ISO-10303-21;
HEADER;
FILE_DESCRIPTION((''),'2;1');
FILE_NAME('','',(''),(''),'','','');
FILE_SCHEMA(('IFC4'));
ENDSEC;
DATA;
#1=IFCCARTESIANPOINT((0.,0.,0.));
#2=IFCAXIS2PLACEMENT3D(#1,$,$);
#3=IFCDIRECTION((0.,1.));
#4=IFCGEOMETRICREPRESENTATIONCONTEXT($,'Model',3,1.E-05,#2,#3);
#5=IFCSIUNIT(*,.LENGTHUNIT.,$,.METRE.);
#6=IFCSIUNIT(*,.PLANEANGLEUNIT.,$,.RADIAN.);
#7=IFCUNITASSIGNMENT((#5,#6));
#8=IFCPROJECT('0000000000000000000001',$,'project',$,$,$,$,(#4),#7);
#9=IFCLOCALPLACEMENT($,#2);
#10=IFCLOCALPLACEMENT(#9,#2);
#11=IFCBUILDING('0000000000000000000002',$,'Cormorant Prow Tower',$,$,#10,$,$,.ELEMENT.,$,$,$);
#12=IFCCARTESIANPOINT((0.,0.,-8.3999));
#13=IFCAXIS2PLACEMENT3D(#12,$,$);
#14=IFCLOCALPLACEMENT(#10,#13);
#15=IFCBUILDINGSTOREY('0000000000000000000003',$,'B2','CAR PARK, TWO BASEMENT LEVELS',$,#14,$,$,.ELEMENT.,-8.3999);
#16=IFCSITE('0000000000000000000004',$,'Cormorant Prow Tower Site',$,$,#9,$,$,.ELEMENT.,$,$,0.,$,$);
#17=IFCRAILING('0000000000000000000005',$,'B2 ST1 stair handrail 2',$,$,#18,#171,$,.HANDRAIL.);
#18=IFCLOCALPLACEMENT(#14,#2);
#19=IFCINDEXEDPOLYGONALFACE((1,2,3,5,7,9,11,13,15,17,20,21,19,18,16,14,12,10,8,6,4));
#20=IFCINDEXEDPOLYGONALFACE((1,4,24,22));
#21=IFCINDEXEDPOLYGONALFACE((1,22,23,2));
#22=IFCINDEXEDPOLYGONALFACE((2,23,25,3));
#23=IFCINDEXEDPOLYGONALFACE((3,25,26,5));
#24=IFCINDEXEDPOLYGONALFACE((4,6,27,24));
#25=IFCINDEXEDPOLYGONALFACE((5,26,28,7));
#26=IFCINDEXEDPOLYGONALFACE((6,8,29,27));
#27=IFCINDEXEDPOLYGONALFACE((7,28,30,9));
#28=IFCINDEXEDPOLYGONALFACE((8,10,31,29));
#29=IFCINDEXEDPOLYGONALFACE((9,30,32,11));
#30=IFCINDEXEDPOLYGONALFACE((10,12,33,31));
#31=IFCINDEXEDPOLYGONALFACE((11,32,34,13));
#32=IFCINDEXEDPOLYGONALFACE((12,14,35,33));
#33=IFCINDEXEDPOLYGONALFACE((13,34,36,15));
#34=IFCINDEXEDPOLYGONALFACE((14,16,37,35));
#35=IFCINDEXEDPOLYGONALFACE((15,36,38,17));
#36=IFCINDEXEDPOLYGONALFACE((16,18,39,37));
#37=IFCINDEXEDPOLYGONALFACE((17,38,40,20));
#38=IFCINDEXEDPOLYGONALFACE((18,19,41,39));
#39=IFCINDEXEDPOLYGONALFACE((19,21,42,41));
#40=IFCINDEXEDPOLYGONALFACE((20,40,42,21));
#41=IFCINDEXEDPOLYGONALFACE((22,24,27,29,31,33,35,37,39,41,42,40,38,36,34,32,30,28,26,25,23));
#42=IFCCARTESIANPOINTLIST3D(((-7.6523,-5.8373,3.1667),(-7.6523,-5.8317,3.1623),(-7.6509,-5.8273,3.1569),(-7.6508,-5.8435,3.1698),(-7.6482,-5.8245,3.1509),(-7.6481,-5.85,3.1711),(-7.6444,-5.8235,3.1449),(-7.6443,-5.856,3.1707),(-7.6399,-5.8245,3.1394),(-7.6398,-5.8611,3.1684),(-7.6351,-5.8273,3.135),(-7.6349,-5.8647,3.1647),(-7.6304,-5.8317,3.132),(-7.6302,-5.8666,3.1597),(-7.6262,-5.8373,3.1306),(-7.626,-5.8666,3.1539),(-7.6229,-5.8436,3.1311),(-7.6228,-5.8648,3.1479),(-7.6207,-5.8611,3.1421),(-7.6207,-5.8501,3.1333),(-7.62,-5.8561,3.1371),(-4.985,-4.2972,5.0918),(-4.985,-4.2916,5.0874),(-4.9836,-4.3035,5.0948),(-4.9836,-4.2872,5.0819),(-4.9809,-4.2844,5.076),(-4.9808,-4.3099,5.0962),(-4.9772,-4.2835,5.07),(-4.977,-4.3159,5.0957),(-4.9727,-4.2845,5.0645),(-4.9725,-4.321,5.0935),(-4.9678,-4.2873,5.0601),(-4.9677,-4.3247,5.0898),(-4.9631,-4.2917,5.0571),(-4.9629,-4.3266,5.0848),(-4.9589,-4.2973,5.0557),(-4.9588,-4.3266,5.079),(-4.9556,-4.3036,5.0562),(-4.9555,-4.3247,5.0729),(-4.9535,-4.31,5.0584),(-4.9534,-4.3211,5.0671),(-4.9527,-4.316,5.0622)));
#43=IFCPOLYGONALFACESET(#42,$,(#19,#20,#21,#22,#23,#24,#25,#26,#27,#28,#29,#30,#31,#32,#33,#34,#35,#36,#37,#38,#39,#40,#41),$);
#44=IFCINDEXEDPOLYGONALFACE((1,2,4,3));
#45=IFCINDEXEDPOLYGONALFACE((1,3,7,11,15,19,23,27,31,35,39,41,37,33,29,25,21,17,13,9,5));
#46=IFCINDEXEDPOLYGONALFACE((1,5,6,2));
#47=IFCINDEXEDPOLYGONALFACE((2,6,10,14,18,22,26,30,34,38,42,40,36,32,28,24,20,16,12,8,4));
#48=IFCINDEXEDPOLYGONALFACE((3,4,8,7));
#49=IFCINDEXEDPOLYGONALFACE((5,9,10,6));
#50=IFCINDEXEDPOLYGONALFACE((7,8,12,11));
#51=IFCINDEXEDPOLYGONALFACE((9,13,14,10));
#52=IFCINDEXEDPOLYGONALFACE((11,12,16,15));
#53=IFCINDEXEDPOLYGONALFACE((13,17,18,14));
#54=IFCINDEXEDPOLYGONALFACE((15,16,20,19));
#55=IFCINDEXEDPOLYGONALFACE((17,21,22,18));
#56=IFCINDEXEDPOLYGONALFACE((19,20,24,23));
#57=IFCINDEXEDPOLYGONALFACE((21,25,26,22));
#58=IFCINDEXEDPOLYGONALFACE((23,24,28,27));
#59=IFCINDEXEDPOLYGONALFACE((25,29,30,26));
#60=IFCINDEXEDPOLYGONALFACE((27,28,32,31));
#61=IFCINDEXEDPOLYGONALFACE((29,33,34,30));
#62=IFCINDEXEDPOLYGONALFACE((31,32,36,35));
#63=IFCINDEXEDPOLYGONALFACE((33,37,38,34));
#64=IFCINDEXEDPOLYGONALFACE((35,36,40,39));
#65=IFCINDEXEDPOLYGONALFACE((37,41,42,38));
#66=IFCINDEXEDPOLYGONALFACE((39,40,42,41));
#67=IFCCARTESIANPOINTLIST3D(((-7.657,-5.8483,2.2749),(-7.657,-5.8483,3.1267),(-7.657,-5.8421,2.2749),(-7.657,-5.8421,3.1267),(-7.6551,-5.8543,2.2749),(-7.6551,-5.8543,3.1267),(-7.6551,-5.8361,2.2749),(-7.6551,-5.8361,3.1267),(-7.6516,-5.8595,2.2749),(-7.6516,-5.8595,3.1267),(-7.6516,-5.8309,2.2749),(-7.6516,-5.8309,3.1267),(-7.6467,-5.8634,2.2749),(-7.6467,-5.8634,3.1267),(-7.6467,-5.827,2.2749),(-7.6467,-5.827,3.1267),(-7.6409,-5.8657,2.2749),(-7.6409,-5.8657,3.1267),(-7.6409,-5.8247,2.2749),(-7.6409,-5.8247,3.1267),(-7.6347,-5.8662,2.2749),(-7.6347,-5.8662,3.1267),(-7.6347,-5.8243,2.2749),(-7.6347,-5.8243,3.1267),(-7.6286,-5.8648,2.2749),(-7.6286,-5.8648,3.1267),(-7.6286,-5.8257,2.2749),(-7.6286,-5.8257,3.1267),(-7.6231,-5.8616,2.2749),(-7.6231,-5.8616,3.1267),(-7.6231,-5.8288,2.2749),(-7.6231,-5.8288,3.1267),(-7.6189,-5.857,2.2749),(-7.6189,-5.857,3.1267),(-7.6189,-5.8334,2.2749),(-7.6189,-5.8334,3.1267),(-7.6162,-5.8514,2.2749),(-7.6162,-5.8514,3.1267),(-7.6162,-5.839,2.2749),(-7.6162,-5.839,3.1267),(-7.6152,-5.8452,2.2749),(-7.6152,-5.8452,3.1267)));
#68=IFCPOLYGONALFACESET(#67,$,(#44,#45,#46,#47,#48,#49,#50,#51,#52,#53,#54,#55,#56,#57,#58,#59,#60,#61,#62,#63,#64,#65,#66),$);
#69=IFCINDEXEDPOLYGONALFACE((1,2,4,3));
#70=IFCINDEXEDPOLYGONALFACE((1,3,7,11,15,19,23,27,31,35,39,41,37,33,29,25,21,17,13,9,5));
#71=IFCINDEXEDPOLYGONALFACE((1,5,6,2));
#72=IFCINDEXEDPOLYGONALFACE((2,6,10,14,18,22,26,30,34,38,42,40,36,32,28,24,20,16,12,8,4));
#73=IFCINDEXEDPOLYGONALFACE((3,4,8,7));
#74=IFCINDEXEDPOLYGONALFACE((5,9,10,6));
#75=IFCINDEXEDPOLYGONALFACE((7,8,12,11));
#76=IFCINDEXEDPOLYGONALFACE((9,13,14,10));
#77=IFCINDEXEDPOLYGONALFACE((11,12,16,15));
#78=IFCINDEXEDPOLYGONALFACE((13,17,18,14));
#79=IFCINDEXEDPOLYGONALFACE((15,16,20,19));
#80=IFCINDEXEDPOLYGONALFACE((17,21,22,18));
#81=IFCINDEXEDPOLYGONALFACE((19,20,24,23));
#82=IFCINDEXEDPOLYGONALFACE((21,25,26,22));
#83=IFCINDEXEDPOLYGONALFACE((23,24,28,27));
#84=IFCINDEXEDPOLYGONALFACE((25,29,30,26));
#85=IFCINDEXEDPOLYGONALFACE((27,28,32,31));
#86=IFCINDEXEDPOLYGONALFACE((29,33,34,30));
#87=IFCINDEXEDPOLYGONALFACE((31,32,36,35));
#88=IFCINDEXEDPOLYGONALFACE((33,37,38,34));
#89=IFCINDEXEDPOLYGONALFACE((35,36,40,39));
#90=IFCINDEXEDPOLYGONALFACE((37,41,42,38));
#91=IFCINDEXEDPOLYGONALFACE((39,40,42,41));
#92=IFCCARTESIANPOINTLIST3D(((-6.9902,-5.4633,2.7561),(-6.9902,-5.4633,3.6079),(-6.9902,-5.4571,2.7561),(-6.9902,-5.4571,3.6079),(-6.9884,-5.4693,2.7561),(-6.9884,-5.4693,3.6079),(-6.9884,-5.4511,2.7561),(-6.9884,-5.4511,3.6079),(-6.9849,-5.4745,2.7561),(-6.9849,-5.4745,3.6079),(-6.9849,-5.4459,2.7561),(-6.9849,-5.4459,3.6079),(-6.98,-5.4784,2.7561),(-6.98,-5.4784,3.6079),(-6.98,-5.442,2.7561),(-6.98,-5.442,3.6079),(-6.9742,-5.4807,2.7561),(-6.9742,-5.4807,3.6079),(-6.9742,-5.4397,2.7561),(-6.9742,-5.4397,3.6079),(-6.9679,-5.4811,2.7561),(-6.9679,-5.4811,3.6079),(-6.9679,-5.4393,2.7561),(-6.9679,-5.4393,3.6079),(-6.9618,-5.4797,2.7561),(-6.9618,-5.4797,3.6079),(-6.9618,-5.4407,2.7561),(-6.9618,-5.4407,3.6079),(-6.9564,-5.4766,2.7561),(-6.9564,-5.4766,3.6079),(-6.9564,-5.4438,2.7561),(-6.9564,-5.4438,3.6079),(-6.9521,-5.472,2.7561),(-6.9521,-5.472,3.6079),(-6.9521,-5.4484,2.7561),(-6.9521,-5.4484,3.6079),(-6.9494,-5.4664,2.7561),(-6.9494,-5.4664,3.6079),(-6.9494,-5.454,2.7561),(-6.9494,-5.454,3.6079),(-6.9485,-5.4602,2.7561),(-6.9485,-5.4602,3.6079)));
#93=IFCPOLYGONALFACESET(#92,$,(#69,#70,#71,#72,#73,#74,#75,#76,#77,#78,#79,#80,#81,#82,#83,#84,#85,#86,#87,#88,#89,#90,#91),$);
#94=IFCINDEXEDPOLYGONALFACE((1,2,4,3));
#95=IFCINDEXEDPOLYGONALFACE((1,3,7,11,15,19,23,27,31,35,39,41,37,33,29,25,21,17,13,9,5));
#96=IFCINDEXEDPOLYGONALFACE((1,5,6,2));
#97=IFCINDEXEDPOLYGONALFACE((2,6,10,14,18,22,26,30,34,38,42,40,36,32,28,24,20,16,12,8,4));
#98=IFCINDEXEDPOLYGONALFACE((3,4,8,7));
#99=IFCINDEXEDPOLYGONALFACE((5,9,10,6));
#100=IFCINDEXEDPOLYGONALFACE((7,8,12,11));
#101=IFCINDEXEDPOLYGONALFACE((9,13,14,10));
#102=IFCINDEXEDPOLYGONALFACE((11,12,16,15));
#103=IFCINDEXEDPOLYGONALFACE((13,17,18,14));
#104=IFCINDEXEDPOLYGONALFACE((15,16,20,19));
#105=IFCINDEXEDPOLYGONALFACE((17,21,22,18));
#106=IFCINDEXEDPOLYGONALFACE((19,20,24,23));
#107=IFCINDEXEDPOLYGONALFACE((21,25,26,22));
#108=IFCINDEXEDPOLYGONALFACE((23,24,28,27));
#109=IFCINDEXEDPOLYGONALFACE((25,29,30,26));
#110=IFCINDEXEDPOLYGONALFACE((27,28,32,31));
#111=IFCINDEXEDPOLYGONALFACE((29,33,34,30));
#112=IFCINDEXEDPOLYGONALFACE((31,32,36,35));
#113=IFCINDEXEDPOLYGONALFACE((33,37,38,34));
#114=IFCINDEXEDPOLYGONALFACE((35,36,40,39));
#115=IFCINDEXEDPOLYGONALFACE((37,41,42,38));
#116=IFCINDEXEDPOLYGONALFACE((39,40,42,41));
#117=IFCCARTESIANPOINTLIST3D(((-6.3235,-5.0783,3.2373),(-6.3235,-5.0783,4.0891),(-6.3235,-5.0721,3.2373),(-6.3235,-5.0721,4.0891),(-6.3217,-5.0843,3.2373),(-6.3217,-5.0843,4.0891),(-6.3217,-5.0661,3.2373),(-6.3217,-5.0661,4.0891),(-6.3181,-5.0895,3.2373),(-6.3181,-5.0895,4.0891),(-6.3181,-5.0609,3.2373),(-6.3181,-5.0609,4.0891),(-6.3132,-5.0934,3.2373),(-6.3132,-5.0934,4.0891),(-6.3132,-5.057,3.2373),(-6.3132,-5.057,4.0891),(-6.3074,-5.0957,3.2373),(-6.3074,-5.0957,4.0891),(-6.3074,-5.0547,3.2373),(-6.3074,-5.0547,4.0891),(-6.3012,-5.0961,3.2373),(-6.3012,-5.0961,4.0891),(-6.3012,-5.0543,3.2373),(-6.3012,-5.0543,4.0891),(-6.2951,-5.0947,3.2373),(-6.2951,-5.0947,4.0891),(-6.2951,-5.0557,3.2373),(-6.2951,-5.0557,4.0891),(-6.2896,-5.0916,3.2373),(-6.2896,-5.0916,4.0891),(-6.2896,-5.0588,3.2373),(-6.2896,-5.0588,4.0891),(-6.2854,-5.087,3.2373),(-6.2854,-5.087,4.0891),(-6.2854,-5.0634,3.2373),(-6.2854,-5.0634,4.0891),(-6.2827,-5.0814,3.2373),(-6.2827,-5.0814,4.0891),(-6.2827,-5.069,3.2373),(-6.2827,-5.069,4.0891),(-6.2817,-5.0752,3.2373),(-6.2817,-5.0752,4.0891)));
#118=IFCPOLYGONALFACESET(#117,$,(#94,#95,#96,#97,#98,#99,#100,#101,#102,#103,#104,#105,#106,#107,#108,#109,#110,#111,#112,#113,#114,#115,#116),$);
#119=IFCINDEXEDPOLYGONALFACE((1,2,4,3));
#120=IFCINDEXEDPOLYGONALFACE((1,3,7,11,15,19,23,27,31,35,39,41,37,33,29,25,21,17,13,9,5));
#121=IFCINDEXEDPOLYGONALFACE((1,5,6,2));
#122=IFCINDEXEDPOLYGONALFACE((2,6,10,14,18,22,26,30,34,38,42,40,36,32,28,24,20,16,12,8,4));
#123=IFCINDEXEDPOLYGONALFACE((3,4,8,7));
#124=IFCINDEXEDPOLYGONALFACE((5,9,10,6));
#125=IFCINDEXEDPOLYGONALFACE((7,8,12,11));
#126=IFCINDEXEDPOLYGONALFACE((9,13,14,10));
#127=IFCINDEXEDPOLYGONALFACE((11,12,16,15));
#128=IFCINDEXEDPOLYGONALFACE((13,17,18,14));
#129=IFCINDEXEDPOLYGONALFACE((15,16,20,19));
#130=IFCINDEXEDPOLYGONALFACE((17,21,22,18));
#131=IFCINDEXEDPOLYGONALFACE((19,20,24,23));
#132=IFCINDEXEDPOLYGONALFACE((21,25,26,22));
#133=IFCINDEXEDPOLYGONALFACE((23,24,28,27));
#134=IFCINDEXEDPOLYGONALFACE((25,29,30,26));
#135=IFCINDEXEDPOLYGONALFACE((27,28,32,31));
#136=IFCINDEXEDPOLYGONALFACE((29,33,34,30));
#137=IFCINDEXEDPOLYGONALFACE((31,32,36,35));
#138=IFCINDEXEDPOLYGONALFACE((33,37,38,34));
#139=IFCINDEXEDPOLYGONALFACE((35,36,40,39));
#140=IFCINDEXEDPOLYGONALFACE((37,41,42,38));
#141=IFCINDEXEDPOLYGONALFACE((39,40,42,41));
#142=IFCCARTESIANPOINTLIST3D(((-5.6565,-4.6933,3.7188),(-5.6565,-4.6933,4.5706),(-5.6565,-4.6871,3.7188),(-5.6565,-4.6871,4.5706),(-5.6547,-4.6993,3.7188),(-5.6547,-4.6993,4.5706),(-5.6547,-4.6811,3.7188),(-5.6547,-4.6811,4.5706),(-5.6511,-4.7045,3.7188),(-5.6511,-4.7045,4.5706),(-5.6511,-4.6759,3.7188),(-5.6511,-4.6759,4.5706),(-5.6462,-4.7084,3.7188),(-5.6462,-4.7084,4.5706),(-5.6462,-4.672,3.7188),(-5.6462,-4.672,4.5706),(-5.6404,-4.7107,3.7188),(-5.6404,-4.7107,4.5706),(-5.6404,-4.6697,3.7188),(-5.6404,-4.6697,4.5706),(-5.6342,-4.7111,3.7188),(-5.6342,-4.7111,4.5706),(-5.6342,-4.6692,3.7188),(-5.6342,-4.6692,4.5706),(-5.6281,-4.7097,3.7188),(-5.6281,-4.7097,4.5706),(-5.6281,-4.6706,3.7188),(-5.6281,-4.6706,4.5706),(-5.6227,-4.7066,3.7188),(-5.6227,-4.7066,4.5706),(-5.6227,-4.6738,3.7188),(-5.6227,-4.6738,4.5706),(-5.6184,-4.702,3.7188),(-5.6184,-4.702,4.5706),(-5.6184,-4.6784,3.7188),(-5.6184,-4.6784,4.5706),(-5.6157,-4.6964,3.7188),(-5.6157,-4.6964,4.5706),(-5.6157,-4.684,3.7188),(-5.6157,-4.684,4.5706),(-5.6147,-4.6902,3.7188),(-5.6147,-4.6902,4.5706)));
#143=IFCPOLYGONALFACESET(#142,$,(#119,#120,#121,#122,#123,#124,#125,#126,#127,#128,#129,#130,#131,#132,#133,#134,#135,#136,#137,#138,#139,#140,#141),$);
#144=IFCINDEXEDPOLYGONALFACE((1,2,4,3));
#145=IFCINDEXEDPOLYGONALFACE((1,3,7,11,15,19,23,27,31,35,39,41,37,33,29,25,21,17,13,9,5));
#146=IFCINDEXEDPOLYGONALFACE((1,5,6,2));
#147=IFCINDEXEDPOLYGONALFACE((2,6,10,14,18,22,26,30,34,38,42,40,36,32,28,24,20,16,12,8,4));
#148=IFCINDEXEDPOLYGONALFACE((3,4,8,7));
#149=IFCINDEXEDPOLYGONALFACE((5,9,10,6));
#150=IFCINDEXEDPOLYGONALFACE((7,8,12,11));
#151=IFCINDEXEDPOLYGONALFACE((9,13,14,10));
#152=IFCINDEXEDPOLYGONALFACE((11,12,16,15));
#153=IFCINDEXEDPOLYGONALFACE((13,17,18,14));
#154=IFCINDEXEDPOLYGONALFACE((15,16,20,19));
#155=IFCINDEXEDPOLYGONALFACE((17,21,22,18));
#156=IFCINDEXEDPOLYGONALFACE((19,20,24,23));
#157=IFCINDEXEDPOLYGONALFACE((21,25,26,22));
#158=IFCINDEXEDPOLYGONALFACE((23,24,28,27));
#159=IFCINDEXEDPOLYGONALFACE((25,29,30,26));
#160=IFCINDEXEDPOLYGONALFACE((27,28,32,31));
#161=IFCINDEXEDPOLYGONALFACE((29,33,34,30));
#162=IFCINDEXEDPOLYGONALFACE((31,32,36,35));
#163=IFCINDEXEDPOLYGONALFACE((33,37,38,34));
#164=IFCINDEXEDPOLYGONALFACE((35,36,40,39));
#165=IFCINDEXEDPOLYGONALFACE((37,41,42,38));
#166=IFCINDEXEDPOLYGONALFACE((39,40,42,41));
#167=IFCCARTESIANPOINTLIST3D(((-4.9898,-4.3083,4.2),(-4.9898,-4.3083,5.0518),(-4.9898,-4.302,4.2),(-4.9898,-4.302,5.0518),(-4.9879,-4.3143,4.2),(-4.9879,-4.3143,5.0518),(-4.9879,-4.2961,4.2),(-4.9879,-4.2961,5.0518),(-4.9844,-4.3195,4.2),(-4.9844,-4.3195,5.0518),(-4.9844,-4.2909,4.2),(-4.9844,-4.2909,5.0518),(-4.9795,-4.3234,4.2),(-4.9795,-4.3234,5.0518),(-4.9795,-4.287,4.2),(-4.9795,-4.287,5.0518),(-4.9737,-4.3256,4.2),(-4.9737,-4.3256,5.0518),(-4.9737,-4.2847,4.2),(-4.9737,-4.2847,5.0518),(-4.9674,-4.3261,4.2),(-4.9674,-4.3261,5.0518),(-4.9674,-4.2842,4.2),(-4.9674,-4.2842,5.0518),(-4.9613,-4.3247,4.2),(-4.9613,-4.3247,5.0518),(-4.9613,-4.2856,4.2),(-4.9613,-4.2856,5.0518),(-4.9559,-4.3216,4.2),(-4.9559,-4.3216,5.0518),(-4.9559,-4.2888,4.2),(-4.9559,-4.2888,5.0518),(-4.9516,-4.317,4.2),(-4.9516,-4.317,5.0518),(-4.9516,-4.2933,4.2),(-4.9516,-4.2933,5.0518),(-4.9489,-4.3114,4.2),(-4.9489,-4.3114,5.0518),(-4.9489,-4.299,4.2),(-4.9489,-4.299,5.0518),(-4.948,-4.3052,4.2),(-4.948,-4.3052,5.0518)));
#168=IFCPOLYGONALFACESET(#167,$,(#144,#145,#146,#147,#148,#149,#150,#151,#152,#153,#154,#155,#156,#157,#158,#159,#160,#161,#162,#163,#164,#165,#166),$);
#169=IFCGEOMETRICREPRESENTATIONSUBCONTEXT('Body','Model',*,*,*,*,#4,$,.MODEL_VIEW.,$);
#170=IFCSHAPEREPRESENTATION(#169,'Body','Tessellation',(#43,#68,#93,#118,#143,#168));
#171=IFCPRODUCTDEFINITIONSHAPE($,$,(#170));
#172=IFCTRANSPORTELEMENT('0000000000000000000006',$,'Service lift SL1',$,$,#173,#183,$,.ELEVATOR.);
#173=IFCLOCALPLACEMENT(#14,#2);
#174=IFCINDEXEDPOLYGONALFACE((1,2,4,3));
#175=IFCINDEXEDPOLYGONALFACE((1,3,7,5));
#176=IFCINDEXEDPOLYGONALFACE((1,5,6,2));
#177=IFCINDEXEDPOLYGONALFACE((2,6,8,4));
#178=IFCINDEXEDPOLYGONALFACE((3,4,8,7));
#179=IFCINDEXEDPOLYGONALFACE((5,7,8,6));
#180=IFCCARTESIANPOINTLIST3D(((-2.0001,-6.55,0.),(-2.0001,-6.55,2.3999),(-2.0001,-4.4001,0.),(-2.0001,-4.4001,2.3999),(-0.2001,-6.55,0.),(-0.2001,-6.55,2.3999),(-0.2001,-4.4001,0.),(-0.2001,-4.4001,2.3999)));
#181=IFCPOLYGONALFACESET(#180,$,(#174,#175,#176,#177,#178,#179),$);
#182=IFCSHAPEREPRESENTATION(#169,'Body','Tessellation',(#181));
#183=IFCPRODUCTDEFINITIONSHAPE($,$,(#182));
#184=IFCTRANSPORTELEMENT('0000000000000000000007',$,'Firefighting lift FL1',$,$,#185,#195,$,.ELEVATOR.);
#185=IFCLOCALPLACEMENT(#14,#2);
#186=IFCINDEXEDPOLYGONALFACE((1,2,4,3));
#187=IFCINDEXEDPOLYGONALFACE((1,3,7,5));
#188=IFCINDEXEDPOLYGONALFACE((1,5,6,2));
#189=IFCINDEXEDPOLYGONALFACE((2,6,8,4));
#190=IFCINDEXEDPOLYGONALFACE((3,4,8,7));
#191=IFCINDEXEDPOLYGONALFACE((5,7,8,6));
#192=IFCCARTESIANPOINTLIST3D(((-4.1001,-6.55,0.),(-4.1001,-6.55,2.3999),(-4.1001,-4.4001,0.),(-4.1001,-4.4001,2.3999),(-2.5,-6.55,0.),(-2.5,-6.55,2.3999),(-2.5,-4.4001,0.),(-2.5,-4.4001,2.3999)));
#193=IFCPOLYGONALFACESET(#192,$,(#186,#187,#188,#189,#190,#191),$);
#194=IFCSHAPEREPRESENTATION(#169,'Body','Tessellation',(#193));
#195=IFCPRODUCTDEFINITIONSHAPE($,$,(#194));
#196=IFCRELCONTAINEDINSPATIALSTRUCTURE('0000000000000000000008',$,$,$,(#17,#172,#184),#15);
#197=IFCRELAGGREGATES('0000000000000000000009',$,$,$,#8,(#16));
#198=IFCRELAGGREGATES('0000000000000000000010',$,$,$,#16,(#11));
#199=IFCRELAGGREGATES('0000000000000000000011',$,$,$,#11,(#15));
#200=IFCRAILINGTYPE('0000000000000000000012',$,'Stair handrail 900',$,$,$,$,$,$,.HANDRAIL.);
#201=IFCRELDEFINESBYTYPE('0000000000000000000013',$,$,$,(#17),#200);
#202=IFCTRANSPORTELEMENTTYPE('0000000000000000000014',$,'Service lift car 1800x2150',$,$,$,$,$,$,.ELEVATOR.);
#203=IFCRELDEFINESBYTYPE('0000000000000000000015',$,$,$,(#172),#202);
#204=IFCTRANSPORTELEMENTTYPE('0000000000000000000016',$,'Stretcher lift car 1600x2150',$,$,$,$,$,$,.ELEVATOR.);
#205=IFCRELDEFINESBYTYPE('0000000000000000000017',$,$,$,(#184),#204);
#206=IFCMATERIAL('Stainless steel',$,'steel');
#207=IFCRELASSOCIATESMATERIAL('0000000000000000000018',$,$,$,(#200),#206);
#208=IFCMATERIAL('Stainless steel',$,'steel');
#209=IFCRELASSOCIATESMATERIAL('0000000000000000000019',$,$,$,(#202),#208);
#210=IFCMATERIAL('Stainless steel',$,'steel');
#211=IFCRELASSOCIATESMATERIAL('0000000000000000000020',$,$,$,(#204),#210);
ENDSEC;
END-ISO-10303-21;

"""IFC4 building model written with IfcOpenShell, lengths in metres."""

from ifc_helpers import new_model, si_unit, direction, frame, origin, origin_2d, place, context, subcontext, project, spatial, rectangle, circle, extrude, material, type_object, element, save


model = new_model("IFC4")

# Units and contexts
model_context = context("Model", 3, precision=1e-05, world=origin(), true_north=direction((0.0, 1.0)))
body_context = subcontext(model_context, "Body", "Model", "MODEL_VIEW")
ifc_project = project(units=[si_unit("LENGTHUNIT", "METRE"), si_unit("PLANEANGLEUNIT", "RADIAN")], contexts=[model_context])

# Site, building, storey
site_placement = place(None, origin())
site = spatial("IfcSite", under=ifc_project, at=site_placement, Name="Cormorant Prow Tower Site", CompositionType="ELEMENT", RefElevation=0.0)
building_placement = place(site_placement, origin())
building = spatial("IfcBuilding", under=site, at=building_placement, Name="Cormorant Prow Tower", CompositionType="ELEMENT")
storey_placement = place(building_placement, frame((0.0, 0.0, -8.3999)))
storey = spatial("IfcBuildingStorey", under=building, at=storey_placement, Name="B2", Description="CAR PARK, TWO BASEMENT LEVELS", CompositionType="ELEMENT", Elevation=-8.3999)

# Railing
ifc_material_1 = material(Name="Stainless steel", Category="steel")
railing_type_1 = type_object("IfcRailingType", Name="Stair handrail 900", PredefinedType="HANDRAIL", material=ifc_material_1)
railing_1_placement = place(storey_placement, frame((-7.6362, -5.8452, 2.2749)))
element("IfcRailing", 1, at=railing_1_placement, inside=storey, type_object=railing_type_1, Name="B2 ST1 stair handrail 2", PredefinedType="HANDRAIL", context=body_context, shape_type="SweptSolid", body=[
    extrude(circle(Radius=0.0239, at=origin_2d()), frame((0.0, 0.0, 0.876), z_axis=(0.734364, 0.424015, 0.530019), x_axis=(-0.500027, 0.86601, 0.0)), (0.0, 0.0, 1.0), 3.6321),
    extrude(circle(Radius=0.021, at=origin_2d()), origin(), (0.0, 0.0, 1.0), 0.8518),
    extrude(circle(Radius=0.021, at=origin_2d()), frame((0.6667, 0.385, 0.4812)), (0.0, 0.0, 1.0), 0.8518),
    extrude(circle(Radius=0.021, at=origin_2d()), frame((1.3335, 0.77, 0.9624)), (0.0, 0.0, 1.0), 0.8518),
    extrude(circle(Radius=0.021, at=origin_2d()), frame((2.0005, 1.155, 1.4438)), (0.0, 0.0, 1.0), 0.8518),
    extrude(circle(Radius=0.021, at=origin_2d()), frame((2.6672, 1.54, 1.925)), (0.0, 0.0, 1.0), 0.8518),
])

# Transport elements
ifc_material_2 = material(Name="Stainless steel", Category="steel")
transport_element_type_1 = type_object("IfcTransportElementType", Name="Service lift car 1800x2150", PredefinedType="ELEVATOR", material=ifc_material_2)
transport_element_1_placement = place(storey_placement, frame((-1.1001, -5.4751, 0.0), z_axis=(0.0, 0.0, 1.0), x_axis=(1.0, 0.0, 0.0)))
element("IfcTransportElement", 2, at=transport_element_1_placement, inside=storey, type_object=transport_element_type_1, Name="Service lift SL1", PredefinedType="ELEVATOR", context=body_context, shape_type="SweptSolid", body=[
    extrude(rectangle(XDim=1.8, YDim=2.1499, at=origin_2d()), origin(), (0.0, 0.0, 1.0), 2.3999),
])
ifc_material_3 = material(Name="Stainless steel", Category="steel")
transport_element_type_2 = type_object("IfcTransportElementType", Name="Stretcher lift car 1600x2150", PredefinedType="ELEVATOR", material=ifc_material_3)
transport_element_2_placement = place(storey_placement, frame((-3.3, -5.4751, 0.0), z_axis=(0.0, 0.0, 1.0), x_axis=(1.0, 0.0, 0.0)))
element("IfcTransportElement", 3, at=transport_element_2_placement, inside=storey, type_object=transport_element_type_2, Name="Firefighting lift FL1", PredefinedType="ELEVATOR", context=body_context, shape_type="SweptSolid", body=[
    extrude(rectangle(XDim=1.6001, YDim=2.1499, at=origin_2d()), origin(), (0.0, 0.0, 1.0), 2.3999),
])

save(model, "model.ifc")
